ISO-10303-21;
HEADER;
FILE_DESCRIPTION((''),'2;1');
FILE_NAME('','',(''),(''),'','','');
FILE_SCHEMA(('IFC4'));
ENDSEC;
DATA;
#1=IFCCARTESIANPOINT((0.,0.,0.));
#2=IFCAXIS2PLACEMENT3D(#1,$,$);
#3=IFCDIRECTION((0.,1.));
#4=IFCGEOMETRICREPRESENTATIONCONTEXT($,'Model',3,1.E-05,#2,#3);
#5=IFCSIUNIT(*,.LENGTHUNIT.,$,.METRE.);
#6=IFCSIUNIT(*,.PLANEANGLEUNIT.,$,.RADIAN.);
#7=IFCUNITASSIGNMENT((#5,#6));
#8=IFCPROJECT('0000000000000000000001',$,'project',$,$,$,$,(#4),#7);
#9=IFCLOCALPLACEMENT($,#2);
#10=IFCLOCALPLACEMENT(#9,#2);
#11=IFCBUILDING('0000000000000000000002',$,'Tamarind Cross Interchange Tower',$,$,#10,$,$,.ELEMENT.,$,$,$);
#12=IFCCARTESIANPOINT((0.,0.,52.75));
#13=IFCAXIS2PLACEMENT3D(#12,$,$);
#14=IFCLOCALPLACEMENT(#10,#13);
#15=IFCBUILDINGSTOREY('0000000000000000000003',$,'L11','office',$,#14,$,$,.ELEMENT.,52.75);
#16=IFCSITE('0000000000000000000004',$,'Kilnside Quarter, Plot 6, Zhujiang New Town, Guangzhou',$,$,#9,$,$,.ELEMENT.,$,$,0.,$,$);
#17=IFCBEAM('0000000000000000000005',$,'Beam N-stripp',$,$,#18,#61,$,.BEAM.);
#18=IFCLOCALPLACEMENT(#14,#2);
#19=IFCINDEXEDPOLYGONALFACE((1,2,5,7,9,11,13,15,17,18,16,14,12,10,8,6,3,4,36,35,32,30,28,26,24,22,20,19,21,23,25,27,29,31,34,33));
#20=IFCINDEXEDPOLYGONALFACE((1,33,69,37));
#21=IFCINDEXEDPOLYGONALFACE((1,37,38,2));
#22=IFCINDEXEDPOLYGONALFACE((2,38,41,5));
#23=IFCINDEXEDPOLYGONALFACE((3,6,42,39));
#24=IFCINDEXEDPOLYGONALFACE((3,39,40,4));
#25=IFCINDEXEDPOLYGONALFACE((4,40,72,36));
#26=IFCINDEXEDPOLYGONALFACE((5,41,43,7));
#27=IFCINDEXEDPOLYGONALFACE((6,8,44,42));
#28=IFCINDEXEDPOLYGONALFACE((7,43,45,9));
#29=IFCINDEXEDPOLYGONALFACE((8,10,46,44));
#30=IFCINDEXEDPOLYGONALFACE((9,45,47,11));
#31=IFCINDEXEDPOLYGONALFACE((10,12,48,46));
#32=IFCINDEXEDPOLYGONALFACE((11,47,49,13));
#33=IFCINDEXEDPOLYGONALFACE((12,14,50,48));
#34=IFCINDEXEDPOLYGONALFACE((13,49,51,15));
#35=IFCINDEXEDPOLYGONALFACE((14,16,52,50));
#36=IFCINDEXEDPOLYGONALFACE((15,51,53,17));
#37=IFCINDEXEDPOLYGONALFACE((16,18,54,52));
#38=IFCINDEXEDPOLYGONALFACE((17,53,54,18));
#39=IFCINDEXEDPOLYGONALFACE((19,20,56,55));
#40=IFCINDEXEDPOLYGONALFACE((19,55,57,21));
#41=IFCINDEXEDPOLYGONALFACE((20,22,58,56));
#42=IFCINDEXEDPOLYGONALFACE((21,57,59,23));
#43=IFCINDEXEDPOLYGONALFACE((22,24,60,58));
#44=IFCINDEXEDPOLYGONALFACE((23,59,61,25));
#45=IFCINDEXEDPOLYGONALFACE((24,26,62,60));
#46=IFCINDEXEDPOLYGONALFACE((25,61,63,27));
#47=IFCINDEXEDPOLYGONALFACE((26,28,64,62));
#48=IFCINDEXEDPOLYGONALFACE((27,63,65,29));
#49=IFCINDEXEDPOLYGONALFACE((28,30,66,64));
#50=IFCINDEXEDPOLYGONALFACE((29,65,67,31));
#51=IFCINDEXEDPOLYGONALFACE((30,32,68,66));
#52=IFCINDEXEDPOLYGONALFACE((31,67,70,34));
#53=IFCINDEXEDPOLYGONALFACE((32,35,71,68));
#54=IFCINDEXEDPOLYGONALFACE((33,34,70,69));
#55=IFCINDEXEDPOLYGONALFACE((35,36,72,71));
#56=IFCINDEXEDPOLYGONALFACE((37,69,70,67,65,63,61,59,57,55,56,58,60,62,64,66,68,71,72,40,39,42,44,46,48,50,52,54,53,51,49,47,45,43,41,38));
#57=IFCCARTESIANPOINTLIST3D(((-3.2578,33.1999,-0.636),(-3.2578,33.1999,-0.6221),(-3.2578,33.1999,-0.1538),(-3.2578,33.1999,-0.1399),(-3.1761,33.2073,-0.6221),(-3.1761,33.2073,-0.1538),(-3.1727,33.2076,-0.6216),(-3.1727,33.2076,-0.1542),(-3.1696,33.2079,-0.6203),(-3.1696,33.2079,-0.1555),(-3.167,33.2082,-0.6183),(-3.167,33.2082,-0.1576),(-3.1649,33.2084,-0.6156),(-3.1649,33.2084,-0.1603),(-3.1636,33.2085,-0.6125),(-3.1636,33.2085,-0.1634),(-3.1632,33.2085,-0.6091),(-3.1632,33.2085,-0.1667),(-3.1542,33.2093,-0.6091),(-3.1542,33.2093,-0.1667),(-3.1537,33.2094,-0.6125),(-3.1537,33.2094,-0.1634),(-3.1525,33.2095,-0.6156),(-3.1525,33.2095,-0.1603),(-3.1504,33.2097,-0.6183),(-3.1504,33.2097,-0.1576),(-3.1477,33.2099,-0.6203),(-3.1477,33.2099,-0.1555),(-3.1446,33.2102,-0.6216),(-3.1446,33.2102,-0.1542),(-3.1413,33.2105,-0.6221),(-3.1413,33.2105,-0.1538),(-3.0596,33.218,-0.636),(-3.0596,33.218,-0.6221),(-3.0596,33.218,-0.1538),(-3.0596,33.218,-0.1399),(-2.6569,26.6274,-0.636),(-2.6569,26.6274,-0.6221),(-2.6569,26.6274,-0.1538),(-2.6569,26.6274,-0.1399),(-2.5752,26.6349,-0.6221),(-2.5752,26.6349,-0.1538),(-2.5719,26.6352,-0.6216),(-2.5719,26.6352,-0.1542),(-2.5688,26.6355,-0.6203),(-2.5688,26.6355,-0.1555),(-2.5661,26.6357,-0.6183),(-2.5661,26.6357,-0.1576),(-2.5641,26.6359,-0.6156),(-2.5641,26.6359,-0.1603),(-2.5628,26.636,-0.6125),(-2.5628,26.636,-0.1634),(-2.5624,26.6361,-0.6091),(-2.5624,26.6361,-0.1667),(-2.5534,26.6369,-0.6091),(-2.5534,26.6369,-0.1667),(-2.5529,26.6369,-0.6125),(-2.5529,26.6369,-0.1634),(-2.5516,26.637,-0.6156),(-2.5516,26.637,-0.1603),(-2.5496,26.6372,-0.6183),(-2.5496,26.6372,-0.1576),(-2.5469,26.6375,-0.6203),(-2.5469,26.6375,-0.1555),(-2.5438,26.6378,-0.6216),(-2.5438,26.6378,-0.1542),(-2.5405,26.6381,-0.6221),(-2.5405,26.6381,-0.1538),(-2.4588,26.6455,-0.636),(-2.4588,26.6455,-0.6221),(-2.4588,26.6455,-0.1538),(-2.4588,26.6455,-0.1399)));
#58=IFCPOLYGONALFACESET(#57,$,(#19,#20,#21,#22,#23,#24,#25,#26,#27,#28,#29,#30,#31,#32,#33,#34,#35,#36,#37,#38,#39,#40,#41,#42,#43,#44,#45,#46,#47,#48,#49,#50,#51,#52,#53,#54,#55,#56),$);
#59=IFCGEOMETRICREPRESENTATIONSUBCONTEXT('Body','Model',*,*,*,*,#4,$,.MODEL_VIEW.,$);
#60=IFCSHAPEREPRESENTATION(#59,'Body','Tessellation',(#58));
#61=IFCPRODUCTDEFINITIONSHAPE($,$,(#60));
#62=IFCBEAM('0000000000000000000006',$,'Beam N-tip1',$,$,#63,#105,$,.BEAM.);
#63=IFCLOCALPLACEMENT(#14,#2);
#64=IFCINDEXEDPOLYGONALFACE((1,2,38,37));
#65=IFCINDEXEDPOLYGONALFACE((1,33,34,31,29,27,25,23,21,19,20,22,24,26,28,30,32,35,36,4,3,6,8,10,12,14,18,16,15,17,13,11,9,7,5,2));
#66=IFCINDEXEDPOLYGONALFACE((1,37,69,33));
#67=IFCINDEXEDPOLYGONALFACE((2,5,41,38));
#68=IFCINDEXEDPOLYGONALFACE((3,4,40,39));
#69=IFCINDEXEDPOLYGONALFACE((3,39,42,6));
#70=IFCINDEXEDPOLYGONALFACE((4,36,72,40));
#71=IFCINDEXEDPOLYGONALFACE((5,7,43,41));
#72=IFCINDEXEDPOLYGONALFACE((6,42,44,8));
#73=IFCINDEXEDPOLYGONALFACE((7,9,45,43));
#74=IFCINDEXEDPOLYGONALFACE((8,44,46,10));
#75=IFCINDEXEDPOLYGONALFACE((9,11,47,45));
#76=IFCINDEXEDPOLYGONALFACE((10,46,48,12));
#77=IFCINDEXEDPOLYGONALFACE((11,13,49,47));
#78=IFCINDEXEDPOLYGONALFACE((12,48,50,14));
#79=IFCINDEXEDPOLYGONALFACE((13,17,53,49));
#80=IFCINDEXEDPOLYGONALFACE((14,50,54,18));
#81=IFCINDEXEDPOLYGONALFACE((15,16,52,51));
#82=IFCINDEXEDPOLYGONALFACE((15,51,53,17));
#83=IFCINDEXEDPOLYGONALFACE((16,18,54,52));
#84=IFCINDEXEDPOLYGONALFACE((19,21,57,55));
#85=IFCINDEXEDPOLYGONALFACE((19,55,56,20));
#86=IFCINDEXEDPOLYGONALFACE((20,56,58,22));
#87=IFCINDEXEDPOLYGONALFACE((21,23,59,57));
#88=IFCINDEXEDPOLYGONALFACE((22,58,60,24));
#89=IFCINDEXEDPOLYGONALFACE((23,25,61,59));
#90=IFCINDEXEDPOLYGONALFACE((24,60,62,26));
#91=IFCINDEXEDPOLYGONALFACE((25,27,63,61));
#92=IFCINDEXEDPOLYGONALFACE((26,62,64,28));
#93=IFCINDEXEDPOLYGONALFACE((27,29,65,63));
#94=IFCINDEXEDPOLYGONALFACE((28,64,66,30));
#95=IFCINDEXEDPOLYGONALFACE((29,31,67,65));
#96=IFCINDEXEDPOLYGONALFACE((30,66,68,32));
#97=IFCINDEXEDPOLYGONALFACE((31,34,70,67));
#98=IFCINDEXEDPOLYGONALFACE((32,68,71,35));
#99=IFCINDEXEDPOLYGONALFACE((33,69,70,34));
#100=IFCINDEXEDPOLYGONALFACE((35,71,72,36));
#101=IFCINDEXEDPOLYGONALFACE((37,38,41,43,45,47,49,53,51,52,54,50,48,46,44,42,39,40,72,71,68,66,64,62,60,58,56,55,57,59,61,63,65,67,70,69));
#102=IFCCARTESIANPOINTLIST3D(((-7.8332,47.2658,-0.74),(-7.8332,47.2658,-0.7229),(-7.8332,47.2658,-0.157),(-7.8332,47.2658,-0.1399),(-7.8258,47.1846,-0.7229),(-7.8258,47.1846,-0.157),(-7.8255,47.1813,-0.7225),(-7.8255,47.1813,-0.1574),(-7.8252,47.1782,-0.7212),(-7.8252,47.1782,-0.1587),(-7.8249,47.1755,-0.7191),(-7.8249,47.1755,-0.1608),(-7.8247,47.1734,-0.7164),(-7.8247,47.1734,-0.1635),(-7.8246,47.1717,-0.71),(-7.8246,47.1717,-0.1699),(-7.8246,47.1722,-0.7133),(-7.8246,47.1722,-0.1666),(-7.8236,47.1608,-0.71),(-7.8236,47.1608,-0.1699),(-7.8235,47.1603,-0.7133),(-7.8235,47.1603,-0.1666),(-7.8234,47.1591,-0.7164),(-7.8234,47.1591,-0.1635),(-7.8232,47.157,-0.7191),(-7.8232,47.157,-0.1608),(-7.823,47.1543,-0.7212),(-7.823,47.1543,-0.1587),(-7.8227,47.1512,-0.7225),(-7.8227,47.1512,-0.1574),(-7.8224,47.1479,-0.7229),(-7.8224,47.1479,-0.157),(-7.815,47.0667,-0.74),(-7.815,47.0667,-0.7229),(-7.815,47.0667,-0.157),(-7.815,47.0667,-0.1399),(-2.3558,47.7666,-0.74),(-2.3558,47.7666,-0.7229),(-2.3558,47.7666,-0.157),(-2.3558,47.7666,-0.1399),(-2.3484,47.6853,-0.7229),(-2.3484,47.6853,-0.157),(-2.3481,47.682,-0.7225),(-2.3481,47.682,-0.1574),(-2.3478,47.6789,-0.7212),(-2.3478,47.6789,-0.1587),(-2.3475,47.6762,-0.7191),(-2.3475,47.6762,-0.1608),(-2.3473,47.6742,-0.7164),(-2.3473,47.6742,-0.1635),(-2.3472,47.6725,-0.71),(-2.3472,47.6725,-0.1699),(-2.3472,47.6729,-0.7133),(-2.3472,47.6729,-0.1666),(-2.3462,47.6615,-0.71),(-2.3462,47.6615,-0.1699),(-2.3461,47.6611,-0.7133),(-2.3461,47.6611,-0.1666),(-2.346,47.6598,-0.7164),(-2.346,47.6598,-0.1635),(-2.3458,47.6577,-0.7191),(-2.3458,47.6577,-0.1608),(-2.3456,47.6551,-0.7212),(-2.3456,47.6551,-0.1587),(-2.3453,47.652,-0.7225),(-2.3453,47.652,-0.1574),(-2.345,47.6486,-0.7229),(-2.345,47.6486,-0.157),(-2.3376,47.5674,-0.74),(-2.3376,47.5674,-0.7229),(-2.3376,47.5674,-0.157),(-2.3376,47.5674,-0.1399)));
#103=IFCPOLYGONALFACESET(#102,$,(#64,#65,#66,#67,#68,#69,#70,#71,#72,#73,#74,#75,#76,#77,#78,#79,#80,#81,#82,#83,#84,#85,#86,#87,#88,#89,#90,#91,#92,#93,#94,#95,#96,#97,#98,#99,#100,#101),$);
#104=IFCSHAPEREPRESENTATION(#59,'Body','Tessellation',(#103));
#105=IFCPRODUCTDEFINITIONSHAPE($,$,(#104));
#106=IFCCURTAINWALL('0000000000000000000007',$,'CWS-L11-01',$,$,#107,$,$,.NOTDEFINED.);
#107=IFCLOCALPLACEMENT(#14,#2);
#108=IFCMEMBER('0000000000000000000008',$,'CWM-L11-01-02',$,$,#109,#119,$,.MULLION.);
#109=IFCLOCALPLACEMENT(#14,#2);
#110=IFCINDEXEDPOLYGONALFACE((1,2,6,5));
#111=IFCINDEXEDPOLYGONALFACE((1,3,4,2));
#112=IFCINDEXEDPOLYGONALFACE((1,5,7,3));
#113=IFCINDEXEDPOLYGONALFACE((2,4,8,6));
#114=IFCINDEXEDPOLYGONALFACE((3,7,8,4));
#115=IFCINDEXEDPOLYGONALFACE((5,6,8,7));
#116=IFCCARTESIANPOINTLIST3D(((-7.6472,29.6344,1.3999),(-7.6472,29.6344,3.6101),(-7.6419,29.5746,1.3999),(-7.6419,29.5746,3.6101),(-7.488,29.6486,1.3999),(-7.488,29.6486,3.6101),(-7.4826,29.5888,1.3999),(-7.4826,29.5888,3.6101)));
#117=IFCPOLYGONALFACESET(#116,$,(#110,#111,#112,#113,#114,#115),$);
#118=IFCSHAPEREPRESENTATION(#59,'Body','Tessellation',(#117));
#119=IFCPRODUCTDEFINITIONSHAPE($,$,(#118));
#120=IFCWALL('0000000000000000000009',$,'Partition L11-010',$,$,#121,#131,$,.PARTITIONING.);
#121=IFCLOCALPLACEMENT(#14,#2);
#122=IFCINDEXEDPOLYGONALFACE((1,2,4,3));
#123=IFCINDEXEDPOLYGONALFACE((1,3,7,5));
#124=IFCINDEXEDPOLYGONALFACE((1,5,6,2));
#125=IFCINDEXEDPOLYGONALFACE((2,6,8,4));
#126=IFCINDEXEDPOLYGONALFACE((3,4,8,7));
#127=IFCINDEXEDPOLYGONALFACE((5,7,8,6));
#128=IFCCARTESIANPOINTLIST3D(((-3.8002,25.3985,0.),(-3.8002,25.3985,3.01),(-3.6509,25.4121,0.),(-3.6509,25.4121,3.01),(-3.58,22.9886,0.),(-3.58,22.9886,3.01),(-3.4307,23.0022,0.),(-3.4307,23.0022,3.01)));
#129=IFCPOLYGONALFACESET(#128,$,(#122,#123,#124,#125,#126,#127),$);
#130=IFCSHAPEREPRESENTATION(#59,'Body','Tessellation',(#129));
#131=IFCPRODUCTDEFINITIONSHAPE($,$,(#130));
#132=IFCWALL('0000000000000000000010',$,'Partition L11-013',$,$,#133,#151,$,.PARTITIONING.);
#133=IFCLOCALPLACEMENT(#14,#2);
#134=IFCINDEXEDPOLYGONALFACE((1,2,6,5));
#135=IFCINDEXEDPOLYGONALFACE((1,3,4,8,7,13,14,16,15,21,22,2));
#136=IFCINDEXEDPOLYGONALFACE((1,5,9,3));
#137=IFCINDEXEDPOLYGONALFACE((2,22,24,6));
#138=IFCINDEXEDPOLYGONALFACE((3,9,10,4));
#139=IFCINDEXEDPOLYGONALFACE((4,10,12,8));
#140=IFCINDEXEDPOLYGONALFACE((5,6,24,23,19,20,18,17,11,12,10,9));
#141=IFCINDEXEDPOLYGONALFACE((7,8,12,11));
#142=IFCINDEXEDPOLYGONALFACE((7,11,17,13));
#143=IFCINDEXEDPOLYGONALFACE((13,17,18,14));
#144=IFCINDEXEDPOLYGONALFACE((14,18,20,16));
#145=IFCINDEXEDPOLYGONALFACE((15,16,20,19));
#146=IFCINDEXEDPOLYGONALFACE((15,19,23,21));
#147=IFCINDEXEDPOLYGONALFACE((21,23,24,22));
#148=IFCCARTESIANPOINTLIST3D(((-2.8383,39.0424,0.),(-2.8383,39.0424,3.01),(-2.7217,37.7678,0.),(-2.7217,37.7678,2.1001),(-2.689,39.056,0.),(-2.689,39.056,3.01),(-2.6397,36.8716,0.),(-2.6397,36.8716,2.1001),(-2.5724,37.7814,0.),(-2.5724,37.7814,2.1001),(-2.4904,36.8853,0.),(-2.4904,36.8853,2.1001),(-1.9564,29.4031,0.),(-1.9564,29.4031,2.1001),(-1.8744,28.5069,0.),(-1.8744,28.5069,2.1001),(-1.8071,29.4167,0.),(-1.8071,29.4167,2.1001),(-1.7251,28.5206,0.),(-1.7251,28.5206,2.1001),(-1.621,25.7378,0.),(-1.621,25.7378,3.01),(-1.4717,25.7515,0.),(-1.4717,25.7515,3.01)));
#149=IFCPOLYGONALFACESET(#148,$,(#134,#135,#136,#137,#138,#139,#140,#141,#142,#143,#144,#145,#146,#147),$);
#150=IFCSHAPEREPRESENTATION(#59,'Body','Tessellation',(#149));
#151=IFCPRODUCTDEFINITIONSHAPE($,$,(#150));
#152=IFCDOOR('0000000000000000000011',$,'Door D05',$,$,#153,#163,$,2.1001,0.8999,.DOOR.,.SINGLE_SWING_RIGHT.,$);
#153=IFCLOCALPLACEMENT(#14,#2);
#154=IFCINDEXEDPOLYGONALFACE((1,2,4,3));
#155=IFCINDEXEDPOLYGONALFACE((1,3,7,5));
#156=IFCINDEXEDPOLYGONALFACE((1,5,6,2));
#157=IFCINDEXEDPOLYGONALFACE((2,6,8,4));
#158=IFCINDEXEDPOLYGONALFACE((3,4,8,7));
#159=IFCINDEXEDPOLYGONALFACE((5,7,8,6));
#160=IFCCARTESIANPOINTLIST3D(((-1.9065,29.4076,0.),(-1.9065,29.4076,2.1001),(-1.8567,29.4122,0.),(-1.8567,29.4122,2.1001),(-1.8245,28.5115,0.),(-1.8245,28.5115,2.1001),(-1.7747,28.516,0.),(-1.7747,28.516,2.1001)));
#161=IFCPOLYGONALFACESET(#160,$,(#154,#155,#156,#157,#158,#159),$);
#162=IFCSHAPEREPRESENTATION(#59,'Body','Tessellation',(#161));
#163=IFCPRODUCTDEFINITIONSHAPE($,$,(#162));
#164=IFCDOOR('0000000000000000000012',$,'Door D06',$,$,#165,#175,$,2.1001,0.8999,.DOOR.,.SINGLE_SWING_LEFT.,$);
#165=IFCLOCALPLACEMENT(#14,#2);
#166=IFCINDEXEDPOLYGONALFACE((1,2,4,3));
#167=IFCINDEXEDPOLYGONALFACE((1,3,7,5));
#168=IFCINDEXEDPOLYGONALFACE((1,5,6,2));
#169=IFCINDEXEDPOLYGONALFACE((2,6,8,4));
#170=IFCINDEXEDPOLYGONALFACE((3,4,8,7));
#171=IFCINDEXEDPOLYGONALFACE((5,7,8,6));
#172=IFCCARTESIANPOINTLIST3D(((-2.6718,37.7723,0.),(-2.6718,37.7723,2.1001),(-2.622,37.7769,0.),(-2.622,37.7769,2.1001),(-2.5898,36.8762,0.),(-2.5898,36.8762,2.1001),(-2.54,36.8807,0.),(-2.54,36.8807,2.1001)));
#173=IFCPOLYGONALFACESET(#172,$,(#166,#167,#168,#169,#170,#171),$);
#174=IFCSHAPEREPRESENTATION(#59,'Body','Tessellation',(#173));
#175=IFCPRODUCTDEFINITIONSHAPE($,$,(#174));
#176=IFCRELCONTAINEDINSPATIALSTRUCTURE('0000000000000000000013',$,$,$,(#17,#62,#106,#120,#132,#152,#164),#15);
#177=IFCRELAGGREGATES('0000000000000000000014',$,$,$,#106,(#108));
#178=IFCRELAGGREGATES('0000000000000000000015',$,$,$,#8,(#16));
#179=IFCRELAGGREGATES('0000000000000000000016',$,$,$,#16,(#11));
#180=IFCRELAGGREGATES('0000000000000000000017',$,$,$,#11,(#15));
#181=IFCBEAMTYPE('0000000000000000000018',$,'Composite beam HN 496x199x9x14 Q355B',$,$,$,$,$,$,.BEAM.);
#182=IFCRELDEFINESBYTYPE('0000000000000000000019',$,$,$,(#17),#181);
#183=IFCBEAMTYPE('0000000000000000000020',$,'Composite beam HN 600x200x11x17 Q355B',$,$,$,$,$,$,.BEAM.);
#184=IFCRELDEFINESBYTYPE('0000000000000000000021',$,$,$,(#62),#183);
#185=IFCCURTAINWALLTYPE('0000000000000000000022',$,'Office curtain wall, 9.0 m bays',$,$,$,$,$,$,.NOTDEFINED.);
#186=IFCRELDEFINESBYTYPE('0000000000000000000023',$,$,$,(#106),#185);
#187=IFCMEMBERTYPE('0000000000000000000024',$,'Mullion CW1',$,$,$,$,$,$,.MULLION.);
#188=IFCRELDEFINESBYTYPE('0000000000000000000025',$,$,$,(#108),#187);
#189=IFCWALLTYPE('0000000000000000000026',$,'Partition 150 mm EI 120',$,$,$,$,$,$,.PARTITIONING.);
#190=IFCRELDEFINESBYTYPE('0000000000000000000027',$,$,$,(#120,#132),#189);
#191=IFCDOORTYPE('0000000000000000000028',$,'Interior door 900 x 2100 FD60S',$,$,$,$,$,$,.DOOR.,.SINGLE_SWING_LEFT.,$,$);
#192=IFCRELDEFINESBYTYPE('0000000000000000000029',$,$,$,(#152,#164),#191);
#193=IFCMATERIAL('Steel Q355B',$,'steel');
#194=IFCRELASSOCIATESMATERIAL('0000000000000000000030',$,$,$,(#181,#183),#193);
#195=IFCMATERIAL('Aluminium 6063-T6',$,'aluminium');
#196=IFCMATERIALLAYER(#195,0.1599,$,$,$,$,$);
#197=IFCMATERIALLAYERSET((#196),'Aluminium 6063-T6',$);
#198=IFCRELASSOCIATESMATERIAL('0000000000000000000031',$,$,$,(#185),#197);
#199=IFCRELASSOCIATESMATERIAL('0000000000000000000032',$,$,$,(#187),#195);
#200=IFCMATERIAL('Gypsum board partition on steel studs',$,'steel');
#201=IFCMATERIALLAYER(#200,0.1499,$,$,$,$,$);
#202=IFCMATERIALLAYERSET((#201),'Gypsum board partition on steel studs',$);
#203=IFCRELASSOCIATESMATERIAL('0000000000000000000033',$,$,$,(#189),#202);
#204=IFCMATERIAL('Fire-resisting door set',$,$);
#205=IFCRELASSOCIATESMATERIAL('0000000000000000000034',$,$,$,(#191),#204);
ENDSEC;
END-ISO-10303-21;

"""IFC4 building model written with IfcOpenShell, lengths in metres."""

from ifc_helpers import new_model, si_unit, direction, frame, frame_2d, origin, origin_2d, place, context, subcontext, project, spatial, rectangle, i_section, extrude, material, layer, layer_set, material_profile, profile_set, type_object, element, fill, aggregate, save


model = new_model("IFC4")

# Units and contexts
model_context = context("Model", 3, precision=1e-05, world=origin(), true_north=direction((0.0, 1.0)))
body_context = subcontext(model_context, "Body", "Model", "MODEL_VIEW")
ifc_project = project(units=[si_unit("LENGTHUNIT", "METRE"), si_unit("PLANEANGLEUNIT", "RADIAN")], contexts=[model_context])

# Site, building, storey
site_placement = place(None, origin())
site = spatial("IfcSite", under=ifc_project, at=site_placement, Name="Kilnside Quarter, Plot 6, Zhujiang New Town, Guangzhou", CompositionType="ELEMENT", RefElevation=0.0)
building_placement = place(site_placement, origin())
building = spatial("IfcBuilding", under=site, at=building_placement, Name="Tamarind Cross Interchange Tower", CompositionType="ELEMENT")
storey_placement = place(building_placement, frame((0.0, 0.0, 52.75)))
storey = spatial("IfcBuildingStorey", under=building, at=storey_placement, Name="L11", Description="office", CompositionType="ELEMENT", Elevation=52.75)

# Beams
ifc_material_1 = material(Name="Steel Q355B", Category="steel")
ifc_material_profile_1 = material_profile(ifc_material_1, i_section(OverallWidth=0.199, OverallDepth=0.4961, WebThickness=0.009, FlangeThickness=0.0139, FilletRadius=0.0129, at=origin_2d()), Name="HN 496x199x9x14")
ifc_profile_set_1 = profile_set([ifc_material_profile_1], Name="Steel Q355B")
beam_type_1 = type_object("IfcBeamType", Name="Composite beam HN 496x199x9x14 Q355B", PredefinedType="BEAM", material=ifc_profile_set_1)
beam_1_placement = place(storey_placement, frame((-2.5579, 26.6365, -0.3879), z_axis=(-0.091036, 0.995848, 0.0), x_axis=(-0.995848, -0.091036, 0.0)))
element("IfcBeam", 1, at=beam_1_placement, inside=storey, type_object=beam_type_1, Name="Beam N-stripp", PredefinedType="BEAM", context=body_context, shape_type="SweptSolid", body=[
    extrude(i_section(OverallWidth=0.199, OverallDepth=0.4961, WebThickness=0.009, FlangeThickness=0.0139, FilletRadius=0.0129, at=origin_2d()), origin(), (0.0, 0.0, 1.0), 6.5999),
])
ifc_material_profile_2 = material_profile(ifc_material_1, i_section(OverallWidth=0.2, OverallDepth=0.6001, WebThickness=0.011, FlangeThickness=0.0171, FilletRadius=0.0129, at=origin_2d()), Name="HN 600x200x11x17")
ifc_profile_set_2 = profile_set([ifc_material_profile_2], Name="Steel Q355B")
beam_type_2 = type_object("IfcBeamType", Name="Composite beam HN 600x200x11x17 Q355B", PredefinedType="BEAM", material=ifc_profile_set_2)
beam_2_placement = place(storey_placement, frame((-2.3467, 47.667, -0.4399), z_axis=(-0.995847, -0.09104, 0.0), x_axis=(0.09104, -0.995847, 0.0)))
element("IfcBeam", 2, at=beam_2_placement, inside=storey, type_object=beam_type_2, Name="Beam N-tip1", PredefinedType="BEAM", context=body_context, shape_type="SweptSolid", body=[
    extrude(i_section(OverallWidth=0.2, OverallDepth=0.6001, WebThickness=0.011, FlangeThickness=0.0171, FilletRadius=0.0129, at=origin_2d()), origin(), (0.0, 0.0, 1.0), 5.5002),
])

# Curtain wall, member
ifc_material_2 = material(Name="Aluminium 6063-T6", Category="aluminium")
ifc_layer_1 = layer(ifc_material_2, 0.1599)
ifc_layer_set_1 = layer_set([ifc_layer_1], Name="Aluminium 6063-T6")
curtain_wall_type = type_object("IfcCurtainWallType", Name="Office curtain wall, 9.0 m bays", PredefinedType="NOTDEFINED", material=ifc_layer_set_1)
curtain_wall_placement = place(storey_placement, origin())
curtain_wall = element("IfcCurtainWall", 3, at=curtain_wall_placement, inside=storey, type_object=curtain_wall_type, Name="CWS-L11-01", PredefinedType="NOTDEFINED")
ifc_material_profile_3 = material_profile(ifc_material_2, rectangle(XDim=0.0601, YDim=0.1599, at=origin_2d()), Name="Mullion CW1")
ifc_profile_set_3 = profile_set([ifc_material_profile_3], Name="Aluminium 6063-T6")
member_type = type_object("IfcMemberType", Name="Mullion CW1", PredefinedType="MULLION", material=ifc_profile_set_3)
member_placement = place(storey_placement, frame((-7.5649, 29.6116, 1.3999), z_axis=(0.0, 0.0, 1.0), x_axis=(0.088684, -0.99606, 0.0)))
member = element("IfcMember", 4, at=member_placement, type_object=member_type, Name="CWM-L11-01-02", PredefinedType="MULLION", context=body_context, shape_type="SweptSolid", body=[
    extrude(rectangle(XDim=0.0601, YDim=0.1599, at=origin_2d()), origin(), (0.0, 0.0, 1.0), 2.2102),
])
aggregate(curtain_wall, [member])

# Wall
ifc_material_3 = material(Name="Gypsum board partition on steel studs", Category="steel")
ifc_layer_2 = layer(ifc_material_3, 0.1499)
ifc_layer_set_2 = layer_set([ifc_layer_2], Name="Gypsum board partition on steel studs")
wall_type = type_object("IfcWallType", Name="Partition 150 mm EI 120", PredefinedType="PARTITIONING", material=ifc_layer_set_2)
wall_1_placement = place(storey_placement, frame((-3.7256, 25.4053, 0.0), z_axis=(0.0, 0.0, 1.0), x_axis=(0.091, -0.995851, 0.0)))
element("IfcWall", 5, at=wall_1_placement, inside=storey, type_object=wall_type, Name="Partition L11-010", PredefinedType="PARTITIONING", context=body_context, shape_type="SweptSolid", body=[
    extrude(rectangle(XDim=2.4199, YDim=0.1499, at=frame_2d((1.21, 0.0))), origin(), (0.0, 0.0, 1.0), 3.01),
])

# Wall, openings, doors
wall_2_placement = place(storey_placement, frame((-2.7637, 39.0493, 0.0), z_axis=(0.0, 0.0, 1.0), x_axis=(0.091114, -0.99584, 0.0)))
wall_2 = element("IfcWall", 6, at=wall_2_placement, inside=storey, type_object=wall_type, Name="Partition L11-013", PredefinedType="PARTITIONING", context=body_context, shape_type="SweptSolid", body=[
    extrude(rectangle(XDim=13.3601, YDim=0.1499, at=frame_2d((6.6802, 0.0))), origin(), (0.0, 0.0, 1.0), 3.01),
])
opening_1_placement = place(wall_2_placement, frame((9.6797, 0.0, 0.0)))
opening_1 = element("IfcOpeningElement", 7, at=opening_1_placement, cuts=wall_2, PredefinedType="OPENING", context=body_context, shape_type="SweptSolid", body=[
    extrude(rectangle(XDim=0.8999, YDim=2.1001, at=frame_2d((0.45, 1.05))), frame((0.0, 0.085, 0.0), z_axis=(0.0, -1.0, 0.0), x_axis=(1.0, 0.0, 0.0)), (0.0, 0.0, 1.0), 0.1699),
])
opening_2_placement = place(wall_2_placement, frame((1.28, 0.0, 0.0)))
opening_2 = element("IfcOpeningElement", 8, at=opening_2_placement, cuts=wall_2, PredefinedType="OPENING", context=body_context, shape_type="SweptSolid", body=[
    extrude(rectangle(XDim=0.8999, YDim=2.1001, at=frame_2d((0.45, 1.05))), frame((0.0, 0.085, 0.0), z_axis=(0.0, -1.0, 0.0), x_axis=(1.0, 0.0, 0.0)), (0.0, 0.0, 1.0), 0.1699),
])
ifc_material_4 = material(Name="Fire-resisting door set")
door_type_1 = type_object("IfcDoorType", Name="Interior door 900 x 2100 FD60S", OperationType="SINGLE_SWING_LEFT", PredefinedType="DOOR", material=ifc_material_4)
door_1_placement = place(opening_1_placement, frame((0.8999, 0.0, 0.0), z_axis=(0.0, 0.0, 1.0), x_axis=(-1.0, 0.0, 0.0)))
door_1 = element("IfcDoor", 9, at=door_1_placement, inside=storey, type_object=door_type_1, Name="Door D05", OperationType="SINGLE_SWING_RIGHT", OverallHeight=2.1001, OverallWidth=0.8999, PredefinedType="DOOR", context=body_context, shape_type="SweptSolid", body=[
    extrude(rectangle(XDim=0.8999, YDim=2.1001, at=frame_2d((0.45, 1.05))), frame((0.0, 0.0249, 0.0), z_axis=(0.0, -1.0, 0.0), x_axis=(1.0, 0.0, 0.0)), (0.0, 0.0, 1.0), 0.05),
])
fill(opening_1, door_1)
door_2_placement = place(opening_2_placement, frame((0.8999, 0.0, 0.0), z_axis=(0.0, 0.0, 1.0), x_axis=(-1.0, 0.0, 0.0)))
door_2 = element("IfcDoor", 10, at=door_2_placement, inside=storey, type_object=door_type_1, Name="Door D06", OperationType="SINGLE_SWING_LEFT", OverallHeight=2.1001, OverallWidth=0.8999, PredefinedType="DOOR", context=body_context, shape_type="SweptSolid", body=[
    extrude(rectangle(XDim=0.8999, YDim=2.1001, at=frame_2d((0.45, 1.05))), frame((0.0, 0.0249, 0.0), z_axis=(0.0, -1.0, 0.0), x_axis=(1.0, 0.0, 0.0)), (0.0, 0.0, 1.0), 0.05),
])
fill(opening_2, door_2)

save(model, "model.ifc")
